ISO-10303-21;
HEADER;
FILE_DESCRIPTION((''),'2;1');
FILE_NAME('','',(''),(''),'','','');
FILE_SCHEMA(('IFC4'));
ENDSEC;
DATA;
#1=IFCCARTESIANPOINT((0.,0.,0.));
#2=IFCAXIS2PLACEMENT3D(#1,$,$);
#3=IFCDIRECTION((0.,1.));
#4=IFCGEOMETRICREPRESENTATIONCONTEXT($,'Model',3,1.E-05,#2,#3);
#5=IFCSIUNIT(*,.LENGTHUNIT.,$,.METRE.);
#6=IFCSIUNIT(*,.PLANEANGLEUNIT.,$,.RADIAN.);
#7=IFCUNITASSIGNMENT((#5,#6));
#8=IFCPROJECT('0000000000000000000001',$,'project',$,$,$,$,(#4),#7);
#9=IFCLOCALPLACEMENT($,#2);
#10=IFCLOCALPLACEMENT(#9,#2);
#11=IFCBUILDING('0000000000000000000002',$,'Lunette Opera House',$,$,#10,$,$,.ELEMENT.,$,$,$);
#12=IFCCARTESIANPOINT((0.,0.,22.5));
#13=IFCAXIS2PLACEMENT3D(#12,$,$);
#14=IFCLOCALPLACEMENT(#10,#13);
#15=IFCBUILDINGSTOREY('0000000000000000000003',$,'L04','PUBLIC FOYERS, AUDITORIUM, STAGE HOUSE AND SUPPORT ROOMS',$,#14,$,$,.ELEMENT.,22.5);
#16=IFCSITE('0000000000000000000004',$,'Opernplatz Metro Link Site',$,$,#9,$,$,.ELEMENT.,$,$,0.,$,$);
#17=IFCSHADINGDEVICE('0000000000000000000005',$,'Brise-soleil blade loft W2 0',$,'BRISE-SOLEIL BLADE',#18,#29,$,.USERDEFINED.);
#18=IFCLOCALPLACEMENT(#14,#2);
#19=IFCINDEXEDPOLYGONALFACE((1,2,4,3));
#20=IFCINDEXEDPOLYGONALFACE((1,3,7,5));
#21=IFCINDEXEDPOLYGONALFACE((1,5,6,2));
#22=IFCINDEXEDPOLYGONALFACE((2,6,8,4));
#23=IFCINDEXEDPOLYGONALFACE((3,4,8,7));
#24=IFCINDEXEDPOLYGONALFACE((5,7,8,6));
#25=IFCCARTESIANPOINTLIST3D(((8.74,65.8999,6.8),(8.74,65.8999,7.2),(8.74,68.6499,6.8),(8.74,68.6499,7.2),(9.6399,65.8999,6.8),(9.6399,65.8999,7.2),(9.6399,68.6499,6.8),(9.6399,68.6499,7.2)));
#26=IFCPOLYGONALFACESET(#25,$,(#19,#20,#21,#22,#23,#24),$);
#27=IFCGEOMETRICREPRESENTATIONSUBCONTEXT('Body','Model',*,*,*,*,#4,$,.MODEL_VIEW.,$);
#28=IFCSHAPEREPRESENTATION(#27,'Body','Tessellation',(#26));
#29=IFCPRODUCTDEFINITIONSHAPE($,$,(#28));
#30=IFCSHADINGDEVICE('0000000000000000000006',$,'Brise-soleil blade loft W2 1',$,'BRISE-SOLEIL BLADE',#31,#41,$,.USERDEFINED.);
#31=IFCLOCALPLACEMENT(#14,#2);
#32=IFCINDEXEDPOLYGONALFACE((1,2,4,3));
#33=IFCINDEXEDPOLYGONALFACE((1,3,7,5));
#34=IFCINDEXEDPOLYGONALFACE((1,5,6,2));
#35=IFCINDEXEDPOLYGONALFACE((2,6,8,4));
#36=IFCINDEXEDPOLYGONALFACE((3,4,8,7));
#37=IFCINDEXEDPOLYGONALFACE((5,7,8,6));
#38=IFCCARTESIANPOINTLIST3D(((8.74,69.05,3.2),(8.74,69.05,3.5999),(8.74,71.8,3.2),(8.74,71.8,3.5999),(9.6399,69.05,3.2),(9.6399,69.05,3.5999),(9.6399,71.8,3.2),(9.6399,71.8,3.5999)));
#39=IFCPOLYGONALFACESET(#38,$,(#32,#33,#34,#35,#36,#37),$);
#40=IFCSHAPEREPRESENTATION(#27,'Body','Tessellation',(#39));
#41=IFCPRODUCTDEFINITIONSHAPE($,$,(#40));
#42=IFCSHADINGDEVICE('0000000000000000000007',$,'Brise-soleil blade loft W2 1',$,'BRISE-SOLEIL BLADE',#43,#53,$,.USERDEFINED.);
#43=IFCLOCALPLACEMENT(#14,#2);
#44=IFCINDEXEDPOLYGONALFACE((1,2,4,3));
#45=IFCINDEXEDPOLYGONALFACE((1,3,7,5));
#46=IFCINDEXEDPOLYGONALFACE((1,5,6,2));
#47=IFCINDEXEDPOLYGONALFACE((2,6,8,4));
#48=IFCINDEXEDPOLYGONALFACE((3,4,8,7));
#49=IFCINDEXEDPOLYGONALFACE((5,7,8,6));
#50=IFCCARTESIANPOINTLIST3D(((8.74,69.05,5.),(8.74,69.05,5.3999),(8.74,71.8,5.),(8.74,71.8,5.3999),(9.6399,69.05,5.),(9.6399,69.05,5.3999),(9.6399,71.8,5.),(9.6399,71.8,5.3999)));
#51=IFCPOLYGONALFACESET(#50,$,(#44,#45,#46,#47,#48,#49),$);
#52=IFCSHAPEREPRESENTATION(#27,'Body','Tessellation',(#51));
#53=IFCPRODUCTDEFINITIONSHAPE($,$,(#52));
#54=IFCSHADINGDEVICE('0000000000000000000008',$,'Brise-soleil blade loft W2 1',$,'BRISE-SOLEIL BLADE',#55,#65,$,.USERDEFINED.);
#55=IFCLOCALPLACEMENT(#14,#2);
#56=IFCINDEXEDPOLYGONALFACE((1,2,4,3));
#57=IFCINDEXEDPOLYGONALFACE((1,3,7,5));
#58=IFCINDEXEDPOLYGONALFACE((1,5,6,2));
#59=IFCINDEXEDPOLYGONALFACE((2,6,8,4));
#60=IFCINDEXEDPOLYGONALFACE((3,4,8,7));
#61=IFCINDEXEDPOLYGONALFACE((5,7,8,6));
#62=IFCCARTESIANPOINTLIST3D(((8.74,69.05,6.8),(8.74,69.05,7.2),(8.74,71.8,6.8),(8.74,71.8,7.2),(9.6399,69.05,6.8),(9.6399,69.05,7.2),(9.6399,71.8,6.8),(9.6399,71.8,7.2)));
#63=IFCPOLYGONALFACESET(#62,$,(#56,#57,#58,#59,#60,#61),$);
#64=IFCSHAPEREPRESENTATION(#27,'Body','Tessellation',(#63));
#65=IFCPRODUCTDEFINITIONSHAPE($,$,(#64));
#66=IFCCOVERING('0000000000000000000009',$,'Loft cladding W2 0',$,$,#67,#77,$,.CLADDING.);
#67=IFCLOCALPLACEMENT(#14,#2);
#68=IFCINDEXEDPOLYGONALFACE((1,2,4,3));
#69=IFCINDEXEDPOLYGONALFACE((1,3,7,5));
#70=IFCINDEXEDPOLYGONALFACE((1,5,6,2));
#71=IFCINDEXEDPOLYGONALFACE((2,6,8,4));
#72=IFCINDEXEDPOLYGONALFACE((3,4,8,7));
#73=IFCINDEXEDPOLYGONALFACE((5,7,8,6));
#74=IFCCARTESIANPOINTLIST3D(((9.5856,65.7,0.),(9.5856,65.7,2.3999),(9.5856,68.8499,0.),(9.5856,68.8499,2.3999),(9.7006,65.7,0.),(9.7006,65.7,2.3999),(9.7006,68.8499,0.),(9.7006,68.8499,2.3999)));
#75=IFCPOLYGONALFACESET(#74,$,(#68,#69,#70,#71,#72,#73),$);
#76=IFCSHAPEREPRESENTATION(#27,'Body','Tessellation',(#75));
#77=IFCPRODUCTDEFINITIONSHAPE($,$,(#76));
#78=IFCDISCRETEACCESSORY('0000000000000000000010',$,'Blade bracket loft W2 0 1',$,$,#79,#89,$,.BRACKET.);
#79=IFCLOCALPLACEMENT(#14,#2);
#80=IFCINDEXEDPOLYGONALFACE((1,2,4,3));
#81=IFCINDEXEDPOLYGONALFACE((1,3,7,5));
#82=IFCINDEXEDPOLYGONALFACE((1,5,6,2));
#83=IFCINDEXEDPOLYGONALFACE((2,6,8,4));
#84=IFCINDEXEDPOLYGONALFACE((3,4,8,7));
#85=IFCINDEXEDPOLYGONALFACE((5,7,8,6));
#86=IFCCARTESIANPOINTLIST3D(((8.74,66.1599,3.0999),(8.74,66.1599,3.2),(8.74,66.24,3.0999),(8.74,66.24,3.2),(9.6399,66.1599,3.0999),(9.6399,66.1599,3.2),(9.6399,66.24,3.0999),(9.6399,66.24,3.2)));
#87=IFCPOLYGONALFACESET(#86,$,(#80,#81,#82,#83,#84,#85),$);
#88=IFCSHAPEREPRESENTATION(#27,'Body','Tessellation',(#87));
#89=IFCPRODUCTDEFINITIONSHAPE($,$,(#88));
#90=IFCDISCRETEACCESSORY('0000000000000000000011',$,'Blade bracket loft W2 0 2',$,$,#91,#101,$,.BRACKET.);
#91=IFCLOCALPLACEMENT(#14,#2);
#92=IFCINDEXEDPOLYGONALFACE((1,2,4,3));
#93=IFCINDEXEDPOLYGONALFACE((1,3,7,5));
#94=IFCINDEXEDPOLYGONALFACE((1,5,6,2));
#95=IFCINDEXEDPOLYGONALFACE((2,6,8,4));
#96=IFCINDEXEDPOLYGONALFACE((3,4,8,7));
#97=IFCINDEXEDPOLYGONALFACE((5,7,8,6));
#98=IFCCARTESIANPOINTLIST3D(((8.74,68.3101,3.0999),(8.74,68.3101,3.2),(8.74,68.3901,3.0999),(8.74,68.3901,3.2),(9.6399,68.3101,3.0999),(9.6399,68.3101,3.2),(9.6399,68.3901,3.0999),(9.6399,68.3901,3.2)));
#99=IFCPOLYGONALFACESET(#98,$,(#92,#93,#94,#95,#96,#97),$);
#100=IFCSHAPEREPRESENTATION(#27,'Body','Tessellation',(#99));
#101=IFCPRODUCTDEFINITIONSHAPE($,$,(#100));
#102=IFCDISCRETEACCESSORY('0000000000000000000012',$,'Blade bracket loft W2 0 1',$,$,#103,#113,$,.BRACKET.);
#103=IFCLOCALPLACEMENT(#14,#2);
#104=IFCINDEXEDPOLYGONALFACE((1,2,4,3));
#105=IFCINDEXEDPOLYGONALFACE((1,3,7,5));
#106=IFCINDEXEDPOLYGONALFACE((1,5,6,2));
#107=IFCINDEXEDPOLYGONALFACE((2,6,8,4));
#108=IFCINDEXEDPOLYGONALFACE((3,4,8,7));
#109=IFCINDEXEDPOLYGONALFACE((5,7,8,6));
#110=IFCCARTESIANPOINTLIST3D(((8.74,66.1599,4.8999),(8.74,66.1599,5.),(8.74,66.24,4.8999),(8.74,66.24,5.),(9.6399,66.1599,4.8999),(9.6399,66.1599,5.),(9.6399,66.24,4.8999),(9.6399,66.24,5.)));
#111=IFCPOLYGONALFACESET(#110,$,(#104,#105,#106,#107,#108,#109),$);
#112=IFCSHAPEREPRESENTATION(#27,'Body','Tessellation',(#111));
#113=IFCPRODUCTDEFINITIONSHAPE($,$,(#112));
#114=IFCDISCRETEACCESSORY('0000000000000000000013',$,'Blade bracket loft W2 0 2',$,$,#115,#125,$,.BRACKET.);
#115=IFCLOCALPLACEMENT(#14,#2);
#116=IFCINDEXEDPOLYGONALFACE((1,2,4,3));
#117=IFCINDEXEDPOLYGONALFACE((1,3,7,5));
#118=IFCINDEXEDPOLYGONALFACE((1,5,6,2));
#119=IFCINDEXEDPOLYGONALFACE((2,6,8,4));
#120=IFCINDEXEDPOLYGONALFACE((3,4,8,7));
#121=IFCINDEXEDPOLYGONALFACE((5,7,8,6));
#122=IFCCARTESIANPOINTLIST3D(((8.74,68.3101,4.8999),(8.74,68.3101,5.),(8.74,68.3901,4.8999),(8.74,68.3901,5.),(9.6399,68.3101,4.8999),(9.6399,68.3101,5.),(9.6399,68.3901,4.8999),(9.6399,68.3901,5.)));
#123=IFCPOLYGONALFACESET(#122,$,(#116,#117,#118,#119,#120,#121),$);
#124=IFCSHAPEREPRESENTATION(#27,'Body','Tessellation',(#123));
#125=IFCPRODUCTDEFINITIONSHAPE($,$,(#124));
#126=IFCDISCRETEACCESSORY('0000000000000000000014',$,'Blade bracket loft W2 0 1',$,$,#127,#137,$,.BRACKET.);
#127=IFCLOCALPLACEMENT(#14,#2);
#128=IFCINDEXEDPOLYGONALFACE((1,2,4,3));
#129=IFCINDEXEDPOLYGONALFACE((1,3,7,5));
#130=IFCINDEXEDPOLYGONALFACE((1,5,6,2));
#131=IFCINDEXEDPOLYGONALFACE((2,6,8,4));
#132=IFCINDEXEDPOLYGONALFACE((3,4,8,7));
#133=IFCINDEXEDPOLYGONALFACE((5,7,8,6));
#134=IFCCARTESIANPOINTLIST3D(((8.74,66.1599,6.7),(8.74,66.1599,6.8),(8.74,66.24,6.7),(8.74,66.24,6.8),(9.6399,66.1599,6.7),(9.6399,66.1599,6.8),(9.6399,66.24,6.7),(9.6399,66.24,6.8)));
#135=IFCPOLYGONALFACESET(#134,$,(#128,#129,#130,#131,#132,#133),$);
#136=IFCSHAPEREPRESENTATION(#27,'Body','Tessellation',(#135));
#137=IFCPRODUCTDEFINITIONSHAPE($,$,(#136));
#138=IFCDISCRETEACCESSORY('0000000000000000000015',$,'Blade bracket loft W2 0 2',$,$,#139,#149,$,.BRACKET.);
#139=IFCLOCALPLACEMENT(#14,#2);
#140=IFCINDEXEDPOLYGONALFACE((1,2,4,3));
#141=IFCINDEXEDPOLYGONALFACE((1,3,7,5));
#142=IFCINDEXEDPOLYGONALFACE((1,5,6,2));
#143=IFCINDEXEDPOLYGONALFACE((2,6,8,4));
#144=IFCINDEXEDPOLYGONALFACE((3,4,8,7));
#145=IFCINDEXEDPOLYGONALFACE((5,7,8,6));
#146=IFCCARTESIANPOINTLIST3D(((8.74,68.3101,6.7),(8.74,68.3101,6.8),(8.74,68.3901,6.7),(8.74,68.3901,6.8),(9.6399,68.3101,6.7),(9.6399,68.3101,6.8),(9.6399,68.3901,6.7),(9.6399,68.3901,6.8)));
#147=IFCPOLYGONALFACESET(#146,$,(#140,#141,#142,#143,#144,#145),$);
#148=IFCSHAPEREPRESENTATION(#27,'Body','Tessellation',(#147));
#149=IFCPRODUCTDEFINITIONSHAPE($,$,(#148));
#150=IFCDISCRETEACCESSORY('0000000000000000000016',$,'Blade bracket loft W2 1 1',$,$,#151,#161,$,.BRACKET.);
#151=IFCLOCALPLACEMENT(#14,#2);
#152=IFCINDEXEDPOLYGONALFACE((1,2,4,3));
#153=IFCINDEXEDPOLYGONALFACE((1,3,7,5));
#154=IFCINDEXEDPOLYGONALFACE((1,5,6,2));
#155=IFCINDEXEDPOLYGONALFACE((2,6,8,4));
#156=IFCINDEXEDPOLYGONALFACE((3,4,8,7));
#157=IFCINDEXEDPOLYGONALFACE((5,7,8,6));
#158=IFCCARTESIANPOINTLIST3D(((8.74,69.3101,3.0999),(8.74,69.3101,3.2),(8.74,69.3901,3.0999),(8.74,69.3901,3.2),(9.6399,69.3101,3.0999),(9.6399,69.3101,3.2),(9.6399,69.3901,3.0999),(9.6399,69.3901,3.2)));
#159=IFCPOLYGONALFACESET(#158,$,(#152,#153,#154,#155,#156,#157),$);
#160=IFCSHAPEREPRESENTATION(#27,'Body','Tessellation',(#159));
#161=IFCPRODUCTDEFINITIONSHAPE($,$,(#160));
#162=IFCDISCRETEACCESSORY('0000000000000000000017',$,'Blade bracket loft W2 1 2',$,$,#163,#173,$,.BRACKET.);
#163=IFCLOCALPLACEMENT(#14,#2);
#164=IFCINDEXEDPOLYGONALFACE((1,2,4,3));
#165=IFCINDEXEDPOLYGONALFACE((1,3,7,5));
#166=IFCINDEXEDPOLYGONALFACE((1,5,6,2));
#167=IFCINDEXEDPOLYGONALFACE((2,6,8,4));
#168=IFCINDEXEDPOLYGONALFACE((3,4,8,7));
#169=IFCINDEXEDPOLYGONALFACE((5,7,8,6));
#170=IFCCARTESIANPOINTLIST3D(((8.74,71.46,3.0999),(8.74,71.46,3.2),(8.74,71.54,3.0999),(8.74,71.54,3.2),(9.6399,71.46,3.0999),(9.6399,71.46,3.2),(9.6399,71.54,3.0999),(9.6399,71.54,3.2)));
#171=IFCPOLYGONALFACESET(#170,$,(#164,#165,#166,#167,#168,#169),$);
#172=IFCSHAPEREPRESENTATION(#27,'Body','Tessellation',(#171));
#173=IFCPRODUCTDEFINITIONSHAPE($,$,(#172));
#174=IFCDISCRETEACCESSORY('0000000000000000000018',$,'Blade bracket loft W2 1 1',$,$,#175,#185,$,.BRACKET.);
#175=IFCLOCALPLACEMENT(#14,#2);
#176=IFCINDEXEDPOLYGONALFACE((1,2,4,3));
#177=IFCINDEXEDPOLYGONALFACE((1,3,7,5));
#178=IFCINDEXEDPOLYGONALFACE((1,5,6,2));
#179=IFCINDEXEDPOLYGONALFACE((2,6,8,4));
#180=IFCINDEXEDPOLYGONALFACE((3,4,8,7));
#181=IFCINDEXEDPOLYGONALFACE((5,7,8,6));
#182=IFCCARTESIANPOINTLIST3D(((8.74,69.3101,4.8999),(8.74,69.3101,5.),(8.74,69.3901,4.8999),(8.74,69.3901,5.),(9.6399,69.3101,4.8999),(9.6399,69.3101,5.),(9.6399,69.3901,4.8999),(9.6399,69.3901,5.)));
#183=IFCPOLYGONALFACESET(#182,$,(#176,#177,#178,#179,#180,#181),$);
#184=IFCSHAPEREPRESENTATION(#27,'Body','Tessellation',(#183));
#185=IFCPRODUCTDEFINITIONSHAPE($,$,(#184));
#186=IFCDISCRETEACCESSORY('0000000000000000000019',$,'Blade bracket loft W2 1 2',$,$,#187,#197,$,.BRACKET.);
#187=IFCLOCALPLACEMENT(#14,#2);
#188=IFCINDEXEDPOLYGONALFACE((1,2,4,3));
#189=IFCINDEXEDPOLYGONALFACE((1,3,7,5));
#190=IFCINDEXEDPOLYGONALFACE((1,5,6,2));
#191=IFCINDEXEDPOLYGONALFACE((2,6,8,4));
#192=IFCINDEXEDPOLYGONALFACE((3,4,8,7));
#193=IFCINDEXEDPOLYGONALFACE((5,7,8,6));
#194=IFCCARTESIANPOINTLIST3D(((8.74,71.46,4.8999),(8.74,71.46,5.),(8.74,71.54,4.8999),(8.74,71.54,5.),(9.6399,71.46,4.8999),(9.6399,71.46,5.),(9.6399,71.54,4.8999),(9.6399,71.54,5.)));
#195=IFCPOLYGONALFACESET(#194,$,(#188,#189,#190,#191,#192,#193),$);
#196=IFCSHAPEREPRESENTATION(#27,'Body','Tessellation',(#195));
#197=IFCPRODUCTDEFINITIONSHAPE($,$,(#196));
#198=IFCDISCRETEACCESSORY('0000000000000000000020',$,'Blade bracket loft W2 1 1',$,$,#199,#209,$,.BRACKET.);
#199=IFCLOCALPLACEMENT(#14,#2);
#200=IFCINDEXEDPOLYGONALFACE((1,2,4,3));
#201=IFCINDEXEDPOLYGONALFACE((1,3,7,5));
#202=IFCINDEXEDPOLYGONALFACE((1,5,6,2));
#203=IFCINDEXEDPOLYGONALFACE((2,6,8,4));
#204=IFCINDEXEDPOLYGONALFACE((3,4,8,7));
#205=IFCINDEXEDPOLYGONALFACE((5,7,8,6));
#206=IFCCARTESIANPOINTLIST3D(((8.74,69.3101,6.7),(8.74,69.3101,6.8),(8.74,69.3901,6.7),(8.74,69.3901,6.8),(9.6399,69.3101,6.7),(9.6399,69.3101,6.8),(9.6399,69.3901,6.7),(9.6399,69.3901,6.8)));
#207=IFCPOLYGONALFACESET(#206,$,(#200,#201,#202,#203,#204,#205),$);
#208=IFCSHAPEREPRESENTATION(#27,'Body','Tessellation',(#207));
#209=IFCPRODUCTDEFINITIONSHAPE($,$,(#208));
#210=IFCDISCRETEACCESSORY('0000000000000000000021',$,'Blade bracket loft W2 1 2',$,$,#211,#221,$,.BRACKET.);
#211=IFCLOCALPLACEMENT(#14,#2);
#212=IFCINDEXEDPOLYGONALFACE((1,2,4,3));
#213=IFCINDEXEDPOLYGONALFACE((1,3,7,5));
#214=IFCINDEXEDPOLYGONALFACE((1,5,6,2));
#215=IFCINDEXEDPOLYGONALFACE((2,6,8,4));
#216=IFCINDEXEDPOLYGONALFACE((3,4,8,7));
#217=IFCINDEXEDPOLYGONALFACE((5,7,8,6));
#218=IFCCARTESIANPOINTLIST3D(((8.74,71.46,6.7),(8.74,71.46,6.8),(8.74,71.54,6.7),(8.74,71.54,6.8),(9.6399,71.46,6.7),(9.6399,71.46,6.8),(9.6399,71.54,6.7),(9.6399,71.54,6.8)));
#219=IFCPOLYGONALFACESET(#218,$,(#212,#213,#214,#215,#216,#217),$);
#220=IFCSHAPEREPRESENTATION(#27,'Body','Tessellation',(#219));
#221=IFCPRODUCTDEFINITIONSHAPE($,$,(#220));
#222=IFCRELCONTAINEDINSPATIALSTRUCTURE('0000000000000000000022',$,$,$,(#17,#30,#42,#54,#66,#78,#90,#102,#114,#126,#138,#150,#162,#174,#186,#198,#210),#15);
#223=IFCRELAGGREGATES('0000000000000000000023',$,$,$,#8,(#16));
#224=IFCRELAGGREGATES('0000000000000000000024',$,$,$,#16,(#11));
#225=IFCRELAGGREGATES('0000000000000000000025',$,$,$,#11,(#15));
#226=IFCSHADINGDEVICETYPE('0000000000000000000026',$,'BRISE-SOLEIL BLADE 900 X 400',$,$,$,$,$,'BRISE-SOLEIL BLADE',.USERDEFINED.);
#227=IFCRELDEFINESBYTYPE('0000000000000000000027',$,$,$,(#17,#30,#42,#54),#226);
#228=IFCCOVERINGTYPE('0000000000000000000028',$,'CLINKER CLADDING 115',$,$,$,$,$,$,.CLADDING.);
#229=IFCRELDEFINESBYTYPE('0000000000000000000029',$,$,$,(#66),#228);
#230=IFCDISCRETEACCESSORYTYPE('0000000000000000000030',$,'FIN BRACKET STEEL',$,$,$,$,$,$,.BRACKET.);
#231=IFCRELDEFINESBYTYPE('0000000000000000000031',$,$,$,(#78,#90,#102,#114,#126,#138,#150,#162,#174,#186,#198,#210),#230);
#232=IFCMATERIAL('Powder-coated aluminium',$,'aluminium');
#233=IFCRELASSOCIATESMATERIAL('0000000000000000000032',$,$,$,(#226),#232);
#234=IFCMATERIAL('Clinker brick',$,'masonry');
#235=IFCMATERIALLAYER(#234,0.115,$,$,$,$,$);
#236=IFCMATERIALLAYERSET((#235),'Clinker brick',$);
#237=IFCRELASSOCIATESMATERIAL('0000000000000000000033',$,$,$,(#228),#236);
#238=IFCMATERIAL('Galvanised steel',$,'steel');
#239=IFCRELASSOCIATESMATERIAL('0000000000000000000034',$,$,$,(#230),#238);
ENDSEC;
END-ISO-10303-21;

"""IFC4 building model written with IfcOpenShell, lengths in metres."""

from ifc_helpers import new_model, si_unit, direction, frame, origin, origin_2d, place, context, subcontext, project, spatial, rectangle, extrude, material, layer, layer_set, type_object, element, save


model = new_model("IFC4")

# Units and contexts
model_context = context("Model", 3, precision=1e-05, world=origin(), true_north=direction((0.0, 1.0)))
body_context = subcontext(model_context, "Body", "Model", "MODEL_VIEW")
ifc_project = project(units=[si_unit("LENGTHUNIT", "METRE"), si_unit("PLANEANGLEUNIT", "RADIAN")], contexts=[model_context])

# Site, building, storey
site_placement = place(None, origin())
site = spatial("IfcSite", under=ifc_project, at=site_placement, Name="Opernplatz Metro Link Site", CompositionType="ELEMENT", RefElevation=0.0)
building_placement = place(site_placement, origin())
building = spatial("IfcBuilding", under=site, at=building_placement, Name="Lunette Opera House", CompositionType="ELEMENT")
storey_placement = place(building_placement, frame((0.0, 0.0, 22.5)))
storey = spatial("IfcBuildingStorey", under=building, at=storey_placement, Name="L04", Description="PUBLIC FOYERS, AUDITORIUM, STAGE HOUSE AND SUPPORT ROOMS", CompositionType="ELEMENT", Elevation=22.5)

# Shading devices
ifc_material_1 = material(Name="Powder-coated aluminium", Category="aluminium")
shading_device_type = type_object("IfcShadingDeviceType", Name="BRISE-SOLEIL BLADE 900 X 400", ElementType="BRISE-SOLEIL BLADE", PredefinedType="USERDEFINED", material=ifc_material_1)
for number, where, z_axis, x_axis, name in (
    (1, (9.1899, 67.2749, 6.8), (0.0, 0.0, 1.0), (-1.0, 0.0, 0.0), "Brise-soleil blade loft W2 0"),
    (2, (9.1899, 70.425, 3.2), (0.0, 0.0, 1.0), (-1.0, 0.0, 0.0), "Brise-soleil blade loft W2 1"),
    (3, (9.1899, 70.425, 5.0), (0.0, 0.0, 1.0), (-1.0, 0.0, 0.0), "Brise-soleil blade loft W2 1"),
    (4, (9.1899, 70.425, 6.8), (0.0, 0.0, 1.0), (-1.0, 0.0, 0.0), "Brise-soleil blade loft W2 1"),
):
    element("IfcShadingDevice", number, at=place(storey_placement, frame(where, z_axis=z_axis, x_axis=x_axis)), inside=storey, type_object=shading_device_type, Name=name, ObjectType="BRISE-SOLEIL BLADE", PredefinedType="USERDEFINED", context=body_context, shape_type="SweptSolid", body=[
        extrude(rectangle(XDim=0.8999, YDim=2.75, at=origin_2d()), origin(), (0.0, 0.0, 1.0), 0.3999),
    ])

# Covering
ifc_material_2 = material(Name="Clinker brick", Category="masonry")
ifc_layer_1 = layer(ifc_material_2, 0.115)
ifc_layer_set_1 = layer_set([ifc_layer_1], Name="Clinker brick")
covering_type = type_object("IfcCoveringType", Name="CLINKER CLADDING 115", PredefinedType="CLADDING", material=ifc_layer_set_1)
covering_placement = place(storey_placement, frame((9.6431, 67.2749, 0.0), z_axis=(0.0, 0.0, 1.0), x_axis=(0.0, 1.0, 0.0)))
element("IfcCovering", 5, at=covering_placement, inside=storey, type_object=covering_type, Name="Loft cladding W2 0", PredefinedType="CLADDING", context=body_context, shape_type="SweptSolid", body=[
    extrude(rectangle(XDim=3.1499, YDim=0.115, at=origin_2d()), origin(), (0.0, 0.0, 1.0), 2.3999),
])

# Discrete accessories
ifc_material_3 = material(Name="Galvanised steel", Category="steel")
discrete_accessory_type = type_object("IfcDiscreteAccessoryType", Name="FIN BRACKET STEEL", PredefinedType="BRACKET", material=ifc_material_3)
for number, where, z_axis, x_axis, name in (
    (6, (9.1899, 66.2, 3.0999), (0.0, 0.0, 1.0), (-1.0, 0.0, 0.0), "Blade bracket loft W2 0 1"),
    (7, (9.1899, 68.3501, 3.0999), (0.0, 0.0, 1.0), (-1.0, 0.0, 0.0), "Blade bracket loft W2 0 2"),
    (8, (9.1899, 66.2, 4.8999), (0.0, 0.0, 1.0), (-1.0, 0.0, 0.0), "Blade bracket loft W2 0 1"),
    (9, (9.1899, 68.3501, 4.8999), (0.0, 0.0, 1.0), (-1.0, 0.0, 0.0), "Blade bracket loft W2 0 2"),
    (10, (9.1899, 66.2, 6.7), (0.0, 0.0, 1.0), (-1.0, 0.0, 0.0), "Blade bracket loft W2 0 1"),
    (11, (9.1899, 68.3501, 6.7), (0.0, 0.0, 1.0), (-1.0, 0.0, 0.0), "Blade bracket loft W2 0 2"),
    (12, (9.1899, 69.3501, 3.0999), (0.0, 0.0, 1.0), (-1.0, 0.0, 0.0), "Blade bracket loft W2 1 1"),
    (13, (9.1899, 71.5, 3.0999), (0.0, 0.0, 1.0), (-1.0, 0.0, 0.0), "Blade bracket loft W2 1 2"),
    (14, (9.1899, 69.3501, 4.8999), (0.0, 0.0, 1.0), (-1.0, 0.0, 0.0), "Blade bracket loft W2 1 1"),
    (15, (9.1899, 71.5, 4.8999), (0.0, 0.0, 1.0), (-1.0, 0.0, 0.0), "Blade bracket loft W2 1 2"),
    (16, (9.1899, 69.3501, 6.7), (0.0, 0.0, 1.0), (-1.0, 0.0, 0.0), "Blade bracket loft W2 1 1"),
    (17, (9.1899, 71.5, 6.7), (0.0, 0.0, 1.0), (-1.0, 0.0, 0.0), "Blade bracket loft W2 1 2"),
):
    element("IfcDiscreteAccessory", number, at=place(storey_placement, frame(where, z_axis=z_axis, x_axis=x_axis)), inside=storey, type_object=discrete_accessory_type, Name=name, PredefinedType="BRACKET", context=body_context, shape_type="SweptSolid", body=[
        extrude(rectangle(XDim=0.8999, YDim=0.0801, at=origin_2d()), origin(), (0.0, 0.0, 1.0), 0.1001),
    ])

save(model, "model.ifc")
